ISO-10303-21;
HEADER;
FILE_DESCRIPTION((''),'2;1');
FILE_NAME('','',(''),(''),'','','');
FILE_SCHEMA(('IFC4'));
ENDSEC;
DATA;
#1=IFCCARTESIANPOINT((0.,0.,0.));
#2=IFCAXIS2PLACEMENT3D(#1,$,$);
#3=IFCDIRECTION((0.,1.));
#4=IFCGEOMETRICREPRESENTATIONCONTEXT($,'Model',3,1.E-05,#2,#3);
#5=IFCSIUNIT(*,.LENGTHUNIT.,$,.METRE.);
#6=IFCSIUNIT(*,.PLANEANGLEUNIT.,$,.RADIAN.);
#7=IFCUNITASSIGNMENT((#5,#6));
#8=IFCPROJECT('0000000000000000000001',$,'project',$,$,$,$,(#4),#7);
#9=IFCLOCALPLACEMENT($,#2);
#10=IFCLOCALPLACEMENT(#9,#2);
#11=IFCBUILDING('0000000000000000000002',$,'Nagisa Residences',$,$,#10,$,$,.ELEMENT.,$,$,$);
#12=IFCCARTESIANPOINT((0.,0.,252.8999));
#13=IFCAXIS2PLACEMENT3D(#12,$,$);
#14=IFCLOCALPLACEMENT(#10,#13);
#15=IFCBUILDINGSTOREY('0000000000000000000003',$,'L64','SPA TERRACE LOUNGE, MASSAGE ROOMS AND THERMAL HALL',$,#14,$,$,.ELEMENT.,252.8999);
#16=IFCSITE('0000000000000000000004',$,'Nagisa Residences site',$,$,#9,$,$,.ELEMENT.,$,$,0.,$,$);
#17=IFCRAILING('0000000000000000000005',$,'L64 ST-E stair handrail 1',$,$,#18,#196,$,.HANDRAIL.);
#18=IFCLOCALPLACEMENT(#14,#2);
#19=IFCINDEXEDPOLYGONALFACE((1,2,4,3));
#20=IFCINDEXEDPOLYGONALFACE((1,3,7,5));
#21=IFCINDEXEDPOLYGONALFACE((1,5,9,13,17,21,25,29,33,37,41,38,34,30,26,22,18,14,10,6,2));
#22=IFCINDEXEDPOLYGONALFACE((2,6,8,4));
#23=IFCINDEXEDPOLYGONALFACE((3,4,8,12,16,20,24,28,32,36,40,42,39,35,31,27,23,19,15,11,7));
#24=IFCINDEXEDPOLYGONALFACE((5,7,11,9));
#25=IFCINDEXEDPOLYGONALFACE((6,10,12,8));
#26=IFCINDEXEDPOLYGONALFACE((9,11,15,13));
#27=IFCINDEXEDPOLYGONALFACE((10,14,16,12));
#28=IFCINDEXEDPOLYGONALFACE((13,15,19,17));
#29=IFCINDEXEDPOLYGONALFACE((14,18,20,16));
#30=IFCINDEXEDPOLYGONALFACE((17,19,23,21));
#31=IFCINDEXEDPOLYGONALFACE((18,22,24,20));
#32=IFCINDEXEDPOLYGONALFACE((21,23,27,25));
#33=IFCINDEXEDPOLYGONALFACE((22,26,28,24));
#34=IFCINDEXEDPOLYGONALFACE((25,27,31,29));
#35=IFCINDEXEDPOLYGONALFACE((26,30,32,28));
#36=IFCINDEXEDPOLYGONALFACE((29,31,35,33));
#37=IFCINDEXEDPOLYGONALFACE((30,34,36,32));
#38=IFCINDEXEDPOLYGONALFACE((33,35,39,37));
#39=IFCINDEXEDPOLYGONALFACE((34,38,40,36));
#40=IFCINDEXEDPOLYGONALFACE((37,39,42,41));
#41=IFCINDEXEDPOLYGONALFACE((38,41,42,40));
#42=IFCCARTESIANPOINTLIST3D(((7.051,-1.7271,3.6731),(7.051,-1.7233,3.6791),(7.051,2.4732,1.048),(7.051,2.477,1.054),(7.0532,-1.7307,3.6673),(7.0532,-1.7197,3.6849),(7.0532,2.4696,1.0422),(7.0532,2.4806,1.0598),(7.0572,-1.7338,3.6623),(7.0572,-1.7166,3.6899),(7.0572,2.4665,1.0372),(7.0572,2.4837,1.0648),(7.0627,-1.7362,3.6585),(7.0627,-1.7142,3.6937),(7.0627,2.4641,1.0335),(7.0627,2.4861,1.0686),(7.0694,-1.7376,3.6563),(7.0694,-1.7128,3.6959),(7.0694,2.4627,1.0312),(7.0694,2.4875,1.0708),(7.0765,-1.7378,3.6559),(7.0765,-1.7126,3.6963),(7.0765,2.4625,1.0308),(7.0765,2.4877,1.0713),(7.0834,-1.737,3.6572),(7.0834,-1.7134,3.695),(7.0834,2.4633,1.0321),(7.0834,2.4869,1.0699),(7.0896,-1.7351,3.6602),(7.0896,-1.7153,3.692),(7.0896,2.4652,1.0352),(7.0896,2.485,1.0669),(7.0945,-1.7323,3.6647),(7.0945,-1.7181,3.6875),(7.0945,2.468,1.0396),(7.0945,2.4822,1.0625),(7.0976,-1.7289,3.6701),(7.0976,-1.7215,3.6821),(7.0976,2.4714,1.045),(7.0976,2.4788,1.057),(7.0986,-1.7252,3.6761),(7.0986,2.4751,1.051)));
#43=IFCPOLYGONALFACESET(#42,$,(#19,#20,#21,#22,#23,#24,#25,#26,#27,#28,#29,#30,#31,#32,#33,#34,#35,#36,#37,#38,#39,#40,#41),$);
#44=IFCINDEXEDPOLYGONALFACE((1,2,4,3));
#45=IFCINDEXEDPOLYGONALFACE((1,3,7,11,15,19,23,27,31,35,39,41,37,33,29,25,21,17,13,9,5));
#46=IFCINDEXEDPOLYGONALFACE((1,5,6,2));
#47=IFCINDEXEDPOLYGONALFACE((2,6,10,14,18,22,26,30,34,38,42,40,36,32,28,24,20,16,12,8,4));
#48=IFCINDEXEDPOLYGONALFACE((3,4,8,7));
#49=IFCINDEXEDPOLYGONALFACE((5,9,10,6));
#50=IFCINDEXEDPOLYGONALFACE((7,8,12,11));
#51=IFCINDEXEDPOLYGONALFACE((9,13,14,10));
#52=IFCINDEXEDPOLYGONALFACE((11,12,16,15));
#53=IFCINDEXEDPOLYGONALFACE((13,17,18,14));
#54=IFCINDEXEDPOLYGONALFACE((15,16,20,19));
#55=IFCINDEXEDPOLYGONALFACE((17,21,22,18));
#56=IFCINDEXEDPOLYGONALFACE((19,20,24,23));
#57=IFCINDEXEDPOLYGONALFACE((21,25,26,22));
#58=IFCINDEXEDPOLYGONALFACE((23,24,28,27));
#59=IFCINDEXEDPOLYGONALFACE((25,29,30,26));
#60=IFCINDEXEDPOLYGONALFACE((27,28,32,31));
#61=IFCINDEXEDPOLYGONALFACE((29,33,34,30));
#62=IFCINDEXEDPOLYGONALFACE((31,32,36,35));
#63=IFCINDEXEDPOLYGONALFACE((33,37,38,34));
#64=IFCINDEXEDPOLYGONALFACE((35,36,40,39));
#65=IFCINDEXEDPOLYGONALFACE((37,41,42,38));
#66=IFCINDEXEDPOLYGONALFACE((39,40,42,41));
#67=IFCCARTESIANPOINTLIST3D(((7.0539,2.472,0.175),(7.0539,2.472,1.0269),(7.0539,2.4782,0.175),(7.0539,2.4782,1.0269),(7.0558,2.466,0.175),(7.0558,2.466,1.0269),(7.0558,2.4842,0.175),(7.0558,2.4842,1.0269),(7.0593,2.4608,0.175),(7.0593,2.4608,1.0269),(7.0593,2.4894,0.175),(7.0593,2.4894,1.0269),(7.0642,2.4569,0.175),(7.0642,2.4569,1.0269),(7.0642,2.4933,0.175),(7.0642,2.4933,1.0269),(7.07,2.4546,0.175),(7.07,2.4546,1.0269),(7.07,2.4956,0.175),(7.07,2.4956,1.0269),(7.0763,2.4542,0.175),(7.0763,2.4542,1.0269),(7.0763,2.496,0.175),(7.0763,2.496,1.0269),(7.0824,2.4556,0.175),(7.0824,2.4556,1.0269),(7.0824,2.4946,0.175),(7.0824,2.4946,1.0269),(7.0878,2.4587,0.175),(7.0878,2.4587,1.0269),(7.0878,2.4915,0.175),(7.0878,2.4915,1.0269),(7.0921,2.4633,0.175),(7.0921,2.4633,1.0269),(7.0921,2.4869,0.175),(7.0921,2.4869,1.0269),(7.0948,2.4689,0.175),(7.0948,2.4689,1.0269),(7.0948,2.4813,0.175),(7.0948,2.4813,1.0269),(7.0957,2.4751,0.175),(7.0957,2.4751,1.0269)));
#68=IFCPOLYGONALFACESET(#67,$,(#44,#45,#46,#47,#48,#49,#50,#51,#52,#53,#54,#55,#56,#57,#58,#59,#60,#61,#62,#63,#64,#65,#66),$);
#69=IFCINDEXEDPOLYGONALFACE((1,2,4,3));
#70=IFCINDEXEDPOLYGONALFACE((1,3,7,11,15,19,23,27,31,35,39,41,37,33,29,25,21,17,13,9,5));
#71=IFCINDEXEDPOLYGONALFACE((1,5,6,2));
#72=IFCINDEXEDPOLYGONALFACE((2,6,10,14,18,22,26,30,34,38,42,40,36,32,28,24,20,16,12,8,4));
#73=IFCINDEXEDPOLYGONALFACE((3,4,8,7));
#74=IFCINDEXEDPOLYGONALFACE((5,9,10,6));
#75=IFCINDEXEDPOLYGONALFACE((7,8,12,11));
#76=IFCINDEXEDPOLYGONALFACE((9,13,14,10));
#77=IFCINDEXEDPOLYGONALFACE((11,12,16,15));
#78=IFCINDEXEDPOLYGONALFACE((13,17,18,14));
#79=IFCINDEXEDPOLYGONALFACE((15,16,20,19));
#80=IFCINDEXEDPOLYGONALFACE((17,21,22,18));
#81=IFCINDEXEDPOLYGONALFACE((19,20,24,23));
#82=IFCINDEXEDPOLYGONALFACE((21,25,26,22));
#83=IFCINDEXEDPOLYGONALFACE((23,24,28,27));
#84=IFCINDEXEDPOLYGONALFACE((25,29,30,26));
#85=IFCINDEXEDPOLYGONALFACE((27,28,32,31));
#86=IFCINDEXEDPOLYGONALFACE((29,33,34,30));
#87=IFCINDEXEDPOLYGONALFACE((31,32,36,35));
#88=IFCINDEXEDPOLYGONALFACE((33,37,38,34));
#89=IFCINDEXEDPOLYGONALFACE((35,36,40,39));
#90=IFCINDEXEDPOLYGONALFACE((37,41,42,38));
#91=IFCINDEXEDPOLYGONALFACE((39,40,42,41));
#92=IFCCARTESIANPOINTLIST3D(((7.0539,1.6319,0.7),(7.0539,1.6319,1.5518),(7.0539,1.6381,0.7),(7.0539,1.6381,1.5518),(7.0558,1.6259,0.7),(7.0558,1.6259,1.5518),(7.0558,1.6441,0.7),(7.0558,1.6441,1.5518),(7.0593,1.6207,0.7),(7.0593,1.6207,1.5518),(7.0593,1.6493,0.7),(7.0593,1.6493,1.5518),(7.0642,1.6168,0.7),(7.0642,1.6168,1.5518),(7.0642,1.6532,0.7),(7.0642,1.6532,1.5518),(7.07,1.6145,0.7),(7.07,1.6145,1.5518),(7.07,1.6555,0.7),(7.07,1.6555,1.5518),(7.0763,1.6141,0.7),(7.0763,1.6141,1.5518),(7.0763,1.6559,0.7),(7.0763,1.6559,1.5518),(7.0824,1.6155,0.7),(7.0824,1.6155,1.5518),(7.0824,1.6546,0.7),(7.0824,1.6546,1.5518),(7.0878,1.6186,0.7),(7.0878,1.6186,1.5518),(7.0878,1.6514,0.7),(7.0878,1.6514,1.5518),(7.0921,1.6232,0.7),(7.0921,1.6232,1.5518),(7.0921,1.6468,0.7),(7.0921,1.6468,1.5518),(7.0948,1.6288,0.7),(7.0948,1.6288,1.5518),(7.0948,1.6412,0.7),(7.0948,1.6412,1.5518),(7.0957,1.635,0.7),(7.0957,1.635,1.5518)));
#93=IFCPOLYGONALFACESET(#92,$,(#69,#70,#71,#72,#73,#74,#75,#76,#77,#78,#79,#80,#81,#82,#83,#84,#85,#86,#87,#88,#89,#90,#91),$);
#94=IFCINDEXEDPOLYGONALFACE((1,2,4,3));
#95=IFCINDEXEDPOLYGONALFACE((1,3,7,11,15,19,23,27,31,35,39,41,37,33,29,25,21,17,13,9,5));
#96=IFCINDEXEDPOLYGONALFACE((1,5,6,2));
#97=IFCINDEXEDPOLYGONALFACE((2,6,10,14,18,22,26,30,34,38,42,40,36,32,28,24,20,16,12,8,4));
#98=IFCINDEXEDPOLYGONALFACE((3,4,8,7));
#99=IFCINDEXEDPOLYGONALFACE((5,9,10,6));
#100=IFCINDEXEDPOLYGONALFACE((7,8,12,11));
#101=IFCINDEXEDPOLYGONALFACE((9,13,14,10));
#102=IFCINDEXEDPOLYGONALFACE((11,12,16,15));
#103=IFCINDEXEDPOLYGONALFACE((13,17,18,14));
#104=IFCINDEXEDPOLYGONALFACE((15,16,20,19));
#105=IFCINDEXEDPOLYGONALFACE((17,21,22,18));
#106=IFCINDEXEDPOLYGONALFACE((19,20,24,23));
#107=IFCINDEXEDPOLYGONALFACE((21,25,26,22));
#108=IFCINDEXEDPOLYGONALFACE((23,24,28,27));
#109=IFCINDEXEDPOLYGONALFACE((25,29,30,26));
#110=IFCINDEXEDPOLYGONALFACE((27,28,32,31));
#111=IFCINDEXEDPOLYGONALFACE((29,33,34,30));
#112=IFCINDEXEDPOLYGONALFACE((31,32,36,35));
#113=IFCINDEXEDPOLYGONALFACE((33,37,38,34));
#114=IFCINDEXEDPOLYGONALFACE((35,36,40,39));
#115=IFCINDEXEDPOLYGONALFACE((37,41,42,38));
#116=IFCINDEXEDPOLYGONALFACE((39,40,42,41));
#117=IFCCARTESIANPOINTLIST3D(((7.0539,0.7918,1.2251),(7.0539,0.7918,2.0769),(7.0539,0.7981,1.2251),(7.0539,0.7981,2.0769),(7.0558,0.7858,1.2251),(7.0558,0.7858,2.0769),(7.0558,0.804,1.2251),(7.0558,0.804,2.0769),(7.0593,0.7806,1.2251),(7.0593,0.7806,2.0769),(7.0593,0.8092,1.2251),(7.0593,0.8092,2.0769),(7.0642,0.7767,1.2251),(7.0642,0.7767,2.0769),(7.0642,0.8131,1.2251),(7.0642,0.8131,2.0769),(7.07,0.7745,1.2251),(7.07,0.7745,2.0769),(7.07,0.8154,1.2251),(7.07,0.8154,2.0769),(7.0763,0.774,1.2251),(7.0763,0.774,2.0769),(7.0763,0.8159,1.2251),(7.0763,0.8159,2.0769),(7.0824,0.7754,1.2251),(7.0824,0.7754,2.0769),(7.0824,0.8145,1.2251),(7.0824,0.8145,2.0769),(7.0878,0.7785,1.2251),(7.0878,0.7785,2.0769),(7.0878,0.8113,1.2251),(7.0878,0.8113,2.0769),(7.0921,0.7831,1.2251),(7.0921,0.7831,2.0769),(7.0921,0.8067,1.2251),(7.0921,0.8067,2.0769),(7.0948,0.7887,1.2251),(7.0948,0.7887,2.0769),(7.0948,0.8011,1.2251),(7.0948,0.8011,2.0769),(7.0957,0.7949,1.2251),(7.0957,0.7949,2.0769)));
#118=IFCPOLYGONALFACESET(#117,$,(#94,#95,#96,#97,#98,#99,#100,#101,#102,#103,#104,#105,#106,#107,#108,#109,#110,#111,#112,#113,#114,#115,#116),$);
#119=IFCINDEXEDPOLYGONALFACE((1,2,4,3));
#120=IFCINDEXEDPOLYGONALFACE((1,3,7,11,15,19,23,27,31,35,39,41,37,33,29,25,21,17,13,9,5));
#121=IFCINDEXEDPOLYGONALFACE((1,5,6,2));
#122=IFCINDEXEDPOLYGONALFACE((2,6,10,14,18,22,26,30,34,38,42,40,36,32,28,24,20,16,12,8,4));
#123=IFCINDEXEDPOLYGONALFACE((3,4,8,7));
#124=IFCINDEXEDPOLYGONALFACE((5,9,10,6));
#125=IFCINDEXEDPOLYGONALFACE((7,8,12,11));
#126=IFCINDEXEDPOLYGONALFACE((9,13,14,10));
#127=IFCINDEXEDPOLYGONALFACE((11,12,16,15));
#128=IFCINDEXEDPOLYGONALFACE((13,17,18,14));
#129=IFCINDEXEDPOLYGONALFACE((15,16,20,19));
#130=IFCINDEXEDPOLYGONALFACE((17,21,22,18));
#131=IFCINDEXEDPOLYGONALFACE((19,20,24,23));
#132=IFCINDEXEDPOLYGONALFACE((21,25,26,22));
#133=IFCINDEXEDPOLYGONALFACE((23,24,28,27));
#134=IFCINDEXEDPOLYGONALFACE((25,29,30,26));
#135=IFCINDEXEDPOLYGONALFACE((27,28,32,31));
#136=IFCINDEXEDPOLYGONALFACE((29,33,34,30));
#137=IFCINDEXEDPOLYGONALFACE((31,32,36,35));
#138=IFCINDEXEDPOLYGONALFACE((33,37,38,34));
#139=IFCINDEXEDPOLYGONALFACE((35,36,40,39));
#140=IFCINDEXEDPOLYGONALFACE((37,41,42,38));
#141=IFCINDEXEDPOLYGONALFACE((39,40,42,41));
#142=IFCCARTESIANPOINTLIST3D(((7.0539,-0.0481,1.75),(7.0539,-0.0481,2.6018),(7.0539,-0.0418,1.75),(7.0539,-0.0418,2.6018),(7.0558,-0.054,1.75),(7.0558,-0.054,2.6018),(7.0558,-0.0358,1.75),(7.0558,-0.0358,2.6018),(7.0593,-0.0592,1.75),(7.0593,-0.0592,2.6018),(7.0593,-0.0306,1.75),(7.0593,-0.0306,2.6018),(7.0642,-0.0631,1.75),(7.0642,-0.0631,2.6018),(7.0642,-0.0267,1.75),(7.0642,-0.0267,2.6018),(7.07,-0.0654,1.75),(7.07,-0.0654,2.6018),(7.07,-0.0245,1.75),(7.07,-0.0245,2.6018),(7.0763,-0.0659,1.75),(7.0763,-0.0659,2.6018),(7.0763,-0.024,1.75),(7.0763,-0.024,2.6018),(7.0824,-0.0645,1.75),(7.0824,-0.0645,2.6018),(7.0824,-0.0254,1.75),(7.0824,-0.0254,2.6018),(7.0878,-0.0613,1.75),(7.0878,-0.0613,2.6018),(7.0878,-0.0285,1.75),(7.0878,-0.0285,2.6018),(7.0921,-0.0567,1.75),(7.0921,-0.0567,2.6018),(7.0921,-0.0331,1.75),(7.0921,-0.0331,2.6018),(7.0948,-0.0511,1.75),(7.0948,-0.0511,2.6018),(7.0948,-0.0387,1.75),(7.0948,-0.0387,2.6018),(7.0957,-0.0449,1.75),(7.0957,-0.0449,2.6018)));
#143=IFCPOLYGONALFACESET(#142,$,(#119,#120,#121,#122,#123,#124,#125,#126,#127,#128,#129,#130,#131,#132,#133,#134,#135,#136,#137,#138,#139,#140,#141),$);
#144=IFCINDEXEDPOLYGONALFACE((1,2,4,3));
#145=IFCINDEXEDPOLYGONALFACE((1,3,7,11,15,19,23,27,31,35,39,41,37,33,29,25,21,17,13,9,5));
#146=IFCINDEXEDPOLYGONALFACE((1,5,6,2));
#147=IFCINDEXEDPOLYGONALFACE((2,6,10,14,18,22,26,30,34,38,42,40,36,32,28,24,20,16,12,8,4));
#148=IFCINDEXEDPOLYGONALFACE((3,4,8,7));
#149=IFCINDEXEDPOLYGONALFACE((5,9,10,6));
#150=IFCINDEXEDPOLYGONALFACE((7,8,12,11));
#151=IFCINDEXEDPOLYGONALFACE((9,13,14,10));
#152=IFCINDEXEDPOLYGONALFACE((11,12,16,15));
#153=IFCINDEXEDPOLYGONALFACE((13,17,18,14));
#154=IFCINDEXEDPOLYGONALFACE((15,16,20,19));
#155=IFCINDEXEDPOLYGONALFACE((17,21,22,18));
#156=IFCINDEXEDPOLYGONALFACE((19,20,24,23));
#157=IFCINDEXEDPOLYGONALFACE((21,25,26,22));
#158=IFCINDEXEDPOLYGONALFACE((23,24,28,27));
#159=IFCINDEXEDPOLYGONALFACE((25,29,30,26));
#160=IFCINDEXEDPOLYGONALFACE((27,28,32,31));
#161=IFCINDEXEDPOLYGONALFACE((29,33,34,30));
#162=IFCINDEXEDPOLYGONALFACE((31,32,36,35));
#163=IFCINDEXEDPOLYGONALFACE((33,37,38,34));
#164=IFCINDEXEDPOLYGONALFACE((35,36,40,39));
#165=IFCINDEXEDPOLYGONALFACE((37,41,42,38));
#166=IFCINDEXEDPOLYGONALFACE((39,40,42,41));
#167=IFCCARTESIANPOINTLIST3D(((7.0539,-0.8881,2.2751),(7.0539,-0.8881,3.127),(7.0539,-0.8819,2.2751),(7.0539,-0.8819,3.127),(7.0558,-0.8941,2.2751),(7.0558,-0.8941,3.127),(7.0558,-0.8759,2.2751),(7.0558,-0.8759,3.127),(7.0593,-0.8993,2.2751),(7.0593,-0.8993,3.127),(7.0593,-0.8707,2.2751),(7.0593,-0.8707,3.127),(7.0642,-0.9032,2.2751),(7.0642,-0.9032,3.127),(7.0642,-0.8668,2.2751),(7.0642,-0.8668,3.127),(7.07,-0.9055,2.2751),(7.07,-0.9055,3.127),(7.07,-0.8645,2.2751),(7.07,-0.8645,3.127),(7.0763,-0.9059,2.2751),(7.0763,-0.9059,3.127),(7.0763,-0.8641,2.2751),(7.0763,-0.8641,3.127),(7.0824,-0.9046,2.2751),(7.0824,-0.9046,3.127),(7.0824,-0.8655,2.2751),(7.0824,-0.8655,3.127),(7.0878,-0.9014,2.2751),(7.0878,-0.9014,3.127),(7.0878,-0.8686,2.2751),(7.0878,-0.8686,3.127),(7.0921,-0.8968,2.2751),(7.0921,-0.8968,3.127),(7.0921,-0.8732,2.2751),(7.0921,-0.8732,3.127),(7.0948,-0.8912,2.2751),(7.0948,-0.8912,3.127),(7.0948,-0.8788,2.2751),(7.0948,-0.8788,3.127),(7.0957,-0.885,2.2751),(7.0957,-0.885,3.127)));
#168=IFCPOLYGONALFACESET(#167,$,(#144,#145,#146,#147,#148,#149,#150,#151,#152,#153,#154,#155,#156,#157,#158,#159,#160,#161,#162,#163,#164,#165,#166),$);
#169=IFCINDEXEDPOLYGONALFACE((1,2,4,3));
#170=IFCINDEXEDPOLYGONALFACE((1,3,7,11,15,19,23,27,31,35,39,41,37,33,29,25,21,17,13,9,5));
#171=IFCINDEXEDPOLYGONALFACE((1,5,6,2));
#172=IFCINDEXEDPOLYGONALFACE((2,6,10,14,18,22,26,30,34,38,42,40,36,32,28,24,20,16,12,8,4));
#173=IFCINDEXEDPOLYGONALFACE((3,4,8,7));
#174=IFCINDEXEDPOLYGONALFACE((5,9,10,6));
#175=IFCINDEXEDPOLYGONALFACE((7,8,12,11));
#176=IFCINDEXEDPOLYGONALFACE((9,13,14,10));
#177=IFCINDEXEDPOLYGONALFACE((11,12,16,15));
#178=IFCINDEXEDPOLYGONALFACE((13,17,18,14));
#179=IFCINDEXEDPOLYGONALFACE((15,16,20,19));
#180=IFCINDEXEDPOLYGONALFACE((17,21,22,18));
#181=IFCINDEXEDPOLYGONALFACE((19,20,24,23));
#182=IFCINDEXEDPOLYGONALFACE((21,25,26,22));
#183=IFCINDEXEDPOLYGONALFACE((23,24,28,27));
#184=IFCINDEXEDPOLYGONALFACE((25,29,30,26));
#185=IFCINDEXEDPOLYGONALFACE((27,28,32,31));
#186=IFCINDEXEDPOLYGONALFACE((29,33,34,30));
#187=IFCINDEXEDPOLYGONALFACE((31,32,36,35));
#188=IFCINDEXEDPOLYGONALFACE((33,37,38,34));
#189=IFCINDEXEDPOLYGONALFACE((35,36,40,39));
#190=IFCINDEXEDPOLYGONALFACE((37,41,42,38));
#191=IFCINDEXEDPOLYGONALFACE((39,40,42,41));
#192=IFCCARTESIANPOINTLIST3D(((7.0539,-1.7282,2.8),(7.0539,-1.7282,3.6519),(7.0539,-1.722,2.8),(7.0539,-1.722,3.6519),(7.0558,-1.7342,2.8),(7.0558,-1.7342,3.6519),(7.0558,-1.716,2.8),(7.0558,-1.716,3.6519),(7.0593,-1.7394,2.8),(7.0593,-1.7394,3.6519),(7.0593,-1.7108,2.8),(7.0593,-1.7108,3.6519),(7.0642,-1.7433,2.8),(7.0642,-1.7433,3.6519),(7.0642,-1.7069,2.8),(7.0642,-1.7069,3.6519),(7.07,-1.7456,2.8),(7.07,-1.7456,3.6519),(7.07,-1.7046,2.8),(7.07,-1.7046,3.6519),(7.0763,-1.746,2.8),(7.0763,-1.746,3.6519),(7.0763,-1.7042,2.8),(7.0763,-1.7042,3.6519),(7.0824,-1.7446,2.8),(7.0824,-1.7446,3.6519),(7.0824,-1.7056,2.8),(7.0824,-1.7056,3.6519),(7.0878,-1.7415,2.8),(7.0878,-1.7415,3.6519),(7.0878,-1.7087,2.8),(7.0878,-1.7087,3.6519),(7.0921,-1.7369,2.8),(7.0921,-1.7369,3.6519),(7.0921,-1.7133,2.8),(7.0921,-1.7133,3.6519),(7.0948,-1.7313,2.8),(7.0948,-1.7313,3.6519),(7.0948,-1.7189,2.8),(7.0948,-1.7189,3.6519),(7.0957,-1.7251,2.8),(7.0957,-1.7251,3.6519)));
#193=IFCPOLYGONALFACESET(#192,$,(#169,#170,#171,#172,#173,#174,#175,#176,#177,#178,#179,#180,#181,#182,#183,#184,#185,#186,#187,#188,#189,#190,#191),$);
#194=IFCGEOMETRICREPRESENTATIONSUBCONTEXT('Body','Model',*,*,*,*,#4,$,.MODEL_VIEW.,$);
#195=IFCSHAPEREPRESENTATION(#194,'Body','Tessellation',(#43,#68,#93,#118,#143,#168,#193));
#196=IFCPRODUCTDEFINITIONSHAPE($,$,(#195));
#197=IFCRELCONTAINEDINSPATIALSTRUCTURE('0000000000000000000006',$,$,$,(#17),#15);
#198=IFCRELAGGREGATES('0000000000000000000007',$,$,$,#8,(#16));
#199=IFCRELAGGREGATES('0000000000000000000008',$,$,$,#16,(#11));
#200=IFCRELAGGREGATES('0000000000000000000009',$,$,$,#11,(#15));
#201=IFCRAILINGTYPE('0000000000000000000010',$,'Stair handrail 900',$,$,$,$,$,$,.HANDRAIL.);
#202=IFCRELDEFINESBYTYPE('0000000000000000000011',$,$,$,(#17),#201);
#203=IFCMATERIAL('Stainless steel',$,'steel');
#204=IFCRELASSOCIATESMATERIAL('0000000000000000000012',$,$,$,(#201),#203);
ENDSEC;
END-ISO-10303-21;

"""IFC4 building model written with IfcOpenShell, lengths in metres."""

from ifc_helpers import new_model, si_unit, direction, frame, origin, origin_2d, place, context, subcontext, project, spatial, circle, extrude, material, type_object, element, save


model = new_model("IFC4")

# Units and contexts
model_context = context("Model", 3, precision=1e-05, world=origin(), true_north=direction((0.0, 1.0)))
body_context = subcontext(model_context, "Body", "Model", "MODEL_VIEW")
ifc_project = project(units=[si_unit("LENGTHUNIT", "METRE"), si_unit("PLANEANGLEUNIT", "RADIAN")], contexts=[model_context])

# Site, building, storey
site_placement = place(None, origin())
site = spatial("IfcSite", under=ifc_project, at=site_placement, Name="Nagisa Residences site", CompositionType="ELEMENT", RefElevation=0.0)
building_placement = place(site_placement, origin())
building = spatial("IfcBuilding", under=site, at=building_placement, Name="Nagisa Residences", CompositionType="ELEMENT")
storey_placement = place(building_placement, frame((0.0, 0.0, 252.8999)))
storey = spatial("IfcBuildingStorey", under=building, at=storey_placement, Name="L64", Description="SPA TERRACE LOUNGE, MASSAGE ROOMS AND THERMAL HALL", CompositionType="ELEMENT", Elevation=252.8999)

# Railing
ifc_material_1 = material(Name="Stainless steel", Category="steel")
railing_type_1 = type_object("IfcRailingType", Name="Stair handrail 900", PredefinedType="HANDRAIL", material=ifc_material_1)
railing_1_placement = place(storey_placement, frame((7.0747, 2.4751, 0.175)))
element("IfcRailing", 1, at=railing_1_placement, inside=storey, type_object=railing_type_1, Name="L64 ST-E stair handrail 1", PredefinedType="HANDRAIL", context=body_context, shape_type="SweptSolid", body=[
    extrude(circle(Radius=0.0239, at=origin_2d()), frame((0.0, 0.0, 0.876), z_axis=(0.0, -0.848009, 0.529981), x_axis=(1.0, 0.0, 0.0)), (0.0, 0.0, 1.0), 4.9531),
    extrude(circle(Radius=0.021, at=origin_2d()), origin(), (0.0, 0.0, 1.0), 0.8518),
    extrude(circle(Radius=0.021, at=origin_2d()), frame((0.0, -0.8401, 0.5249)), (0.0, 0.0, 1.0), 0.8518),
    extrude(circle(Radius=0.021, at=origin_2d()), frame((0.0, -1.6802, 1.05)), (0.0, 0.0, 1.0), 0.8518),
    extrude(circle(Radius=0.021, at=origin_2d()), frame((0.0, -2.52, 1.575)), (0.0, 0.0, 1.0), 0.8518),
    extrude(circle(Radius=0.021, at=origin_2d()), frame((0.0, -3.3601, 2.1001)), (0.0, 0.0, 1.0), 0.8518),
    extrude(circle(Radius=0.021, at=origin_2d()), frame((0.0, -4.2002, 2.625)), (0.0, 0.0, 1.0), 0.8518),
])

save(model, "model.ifc")
